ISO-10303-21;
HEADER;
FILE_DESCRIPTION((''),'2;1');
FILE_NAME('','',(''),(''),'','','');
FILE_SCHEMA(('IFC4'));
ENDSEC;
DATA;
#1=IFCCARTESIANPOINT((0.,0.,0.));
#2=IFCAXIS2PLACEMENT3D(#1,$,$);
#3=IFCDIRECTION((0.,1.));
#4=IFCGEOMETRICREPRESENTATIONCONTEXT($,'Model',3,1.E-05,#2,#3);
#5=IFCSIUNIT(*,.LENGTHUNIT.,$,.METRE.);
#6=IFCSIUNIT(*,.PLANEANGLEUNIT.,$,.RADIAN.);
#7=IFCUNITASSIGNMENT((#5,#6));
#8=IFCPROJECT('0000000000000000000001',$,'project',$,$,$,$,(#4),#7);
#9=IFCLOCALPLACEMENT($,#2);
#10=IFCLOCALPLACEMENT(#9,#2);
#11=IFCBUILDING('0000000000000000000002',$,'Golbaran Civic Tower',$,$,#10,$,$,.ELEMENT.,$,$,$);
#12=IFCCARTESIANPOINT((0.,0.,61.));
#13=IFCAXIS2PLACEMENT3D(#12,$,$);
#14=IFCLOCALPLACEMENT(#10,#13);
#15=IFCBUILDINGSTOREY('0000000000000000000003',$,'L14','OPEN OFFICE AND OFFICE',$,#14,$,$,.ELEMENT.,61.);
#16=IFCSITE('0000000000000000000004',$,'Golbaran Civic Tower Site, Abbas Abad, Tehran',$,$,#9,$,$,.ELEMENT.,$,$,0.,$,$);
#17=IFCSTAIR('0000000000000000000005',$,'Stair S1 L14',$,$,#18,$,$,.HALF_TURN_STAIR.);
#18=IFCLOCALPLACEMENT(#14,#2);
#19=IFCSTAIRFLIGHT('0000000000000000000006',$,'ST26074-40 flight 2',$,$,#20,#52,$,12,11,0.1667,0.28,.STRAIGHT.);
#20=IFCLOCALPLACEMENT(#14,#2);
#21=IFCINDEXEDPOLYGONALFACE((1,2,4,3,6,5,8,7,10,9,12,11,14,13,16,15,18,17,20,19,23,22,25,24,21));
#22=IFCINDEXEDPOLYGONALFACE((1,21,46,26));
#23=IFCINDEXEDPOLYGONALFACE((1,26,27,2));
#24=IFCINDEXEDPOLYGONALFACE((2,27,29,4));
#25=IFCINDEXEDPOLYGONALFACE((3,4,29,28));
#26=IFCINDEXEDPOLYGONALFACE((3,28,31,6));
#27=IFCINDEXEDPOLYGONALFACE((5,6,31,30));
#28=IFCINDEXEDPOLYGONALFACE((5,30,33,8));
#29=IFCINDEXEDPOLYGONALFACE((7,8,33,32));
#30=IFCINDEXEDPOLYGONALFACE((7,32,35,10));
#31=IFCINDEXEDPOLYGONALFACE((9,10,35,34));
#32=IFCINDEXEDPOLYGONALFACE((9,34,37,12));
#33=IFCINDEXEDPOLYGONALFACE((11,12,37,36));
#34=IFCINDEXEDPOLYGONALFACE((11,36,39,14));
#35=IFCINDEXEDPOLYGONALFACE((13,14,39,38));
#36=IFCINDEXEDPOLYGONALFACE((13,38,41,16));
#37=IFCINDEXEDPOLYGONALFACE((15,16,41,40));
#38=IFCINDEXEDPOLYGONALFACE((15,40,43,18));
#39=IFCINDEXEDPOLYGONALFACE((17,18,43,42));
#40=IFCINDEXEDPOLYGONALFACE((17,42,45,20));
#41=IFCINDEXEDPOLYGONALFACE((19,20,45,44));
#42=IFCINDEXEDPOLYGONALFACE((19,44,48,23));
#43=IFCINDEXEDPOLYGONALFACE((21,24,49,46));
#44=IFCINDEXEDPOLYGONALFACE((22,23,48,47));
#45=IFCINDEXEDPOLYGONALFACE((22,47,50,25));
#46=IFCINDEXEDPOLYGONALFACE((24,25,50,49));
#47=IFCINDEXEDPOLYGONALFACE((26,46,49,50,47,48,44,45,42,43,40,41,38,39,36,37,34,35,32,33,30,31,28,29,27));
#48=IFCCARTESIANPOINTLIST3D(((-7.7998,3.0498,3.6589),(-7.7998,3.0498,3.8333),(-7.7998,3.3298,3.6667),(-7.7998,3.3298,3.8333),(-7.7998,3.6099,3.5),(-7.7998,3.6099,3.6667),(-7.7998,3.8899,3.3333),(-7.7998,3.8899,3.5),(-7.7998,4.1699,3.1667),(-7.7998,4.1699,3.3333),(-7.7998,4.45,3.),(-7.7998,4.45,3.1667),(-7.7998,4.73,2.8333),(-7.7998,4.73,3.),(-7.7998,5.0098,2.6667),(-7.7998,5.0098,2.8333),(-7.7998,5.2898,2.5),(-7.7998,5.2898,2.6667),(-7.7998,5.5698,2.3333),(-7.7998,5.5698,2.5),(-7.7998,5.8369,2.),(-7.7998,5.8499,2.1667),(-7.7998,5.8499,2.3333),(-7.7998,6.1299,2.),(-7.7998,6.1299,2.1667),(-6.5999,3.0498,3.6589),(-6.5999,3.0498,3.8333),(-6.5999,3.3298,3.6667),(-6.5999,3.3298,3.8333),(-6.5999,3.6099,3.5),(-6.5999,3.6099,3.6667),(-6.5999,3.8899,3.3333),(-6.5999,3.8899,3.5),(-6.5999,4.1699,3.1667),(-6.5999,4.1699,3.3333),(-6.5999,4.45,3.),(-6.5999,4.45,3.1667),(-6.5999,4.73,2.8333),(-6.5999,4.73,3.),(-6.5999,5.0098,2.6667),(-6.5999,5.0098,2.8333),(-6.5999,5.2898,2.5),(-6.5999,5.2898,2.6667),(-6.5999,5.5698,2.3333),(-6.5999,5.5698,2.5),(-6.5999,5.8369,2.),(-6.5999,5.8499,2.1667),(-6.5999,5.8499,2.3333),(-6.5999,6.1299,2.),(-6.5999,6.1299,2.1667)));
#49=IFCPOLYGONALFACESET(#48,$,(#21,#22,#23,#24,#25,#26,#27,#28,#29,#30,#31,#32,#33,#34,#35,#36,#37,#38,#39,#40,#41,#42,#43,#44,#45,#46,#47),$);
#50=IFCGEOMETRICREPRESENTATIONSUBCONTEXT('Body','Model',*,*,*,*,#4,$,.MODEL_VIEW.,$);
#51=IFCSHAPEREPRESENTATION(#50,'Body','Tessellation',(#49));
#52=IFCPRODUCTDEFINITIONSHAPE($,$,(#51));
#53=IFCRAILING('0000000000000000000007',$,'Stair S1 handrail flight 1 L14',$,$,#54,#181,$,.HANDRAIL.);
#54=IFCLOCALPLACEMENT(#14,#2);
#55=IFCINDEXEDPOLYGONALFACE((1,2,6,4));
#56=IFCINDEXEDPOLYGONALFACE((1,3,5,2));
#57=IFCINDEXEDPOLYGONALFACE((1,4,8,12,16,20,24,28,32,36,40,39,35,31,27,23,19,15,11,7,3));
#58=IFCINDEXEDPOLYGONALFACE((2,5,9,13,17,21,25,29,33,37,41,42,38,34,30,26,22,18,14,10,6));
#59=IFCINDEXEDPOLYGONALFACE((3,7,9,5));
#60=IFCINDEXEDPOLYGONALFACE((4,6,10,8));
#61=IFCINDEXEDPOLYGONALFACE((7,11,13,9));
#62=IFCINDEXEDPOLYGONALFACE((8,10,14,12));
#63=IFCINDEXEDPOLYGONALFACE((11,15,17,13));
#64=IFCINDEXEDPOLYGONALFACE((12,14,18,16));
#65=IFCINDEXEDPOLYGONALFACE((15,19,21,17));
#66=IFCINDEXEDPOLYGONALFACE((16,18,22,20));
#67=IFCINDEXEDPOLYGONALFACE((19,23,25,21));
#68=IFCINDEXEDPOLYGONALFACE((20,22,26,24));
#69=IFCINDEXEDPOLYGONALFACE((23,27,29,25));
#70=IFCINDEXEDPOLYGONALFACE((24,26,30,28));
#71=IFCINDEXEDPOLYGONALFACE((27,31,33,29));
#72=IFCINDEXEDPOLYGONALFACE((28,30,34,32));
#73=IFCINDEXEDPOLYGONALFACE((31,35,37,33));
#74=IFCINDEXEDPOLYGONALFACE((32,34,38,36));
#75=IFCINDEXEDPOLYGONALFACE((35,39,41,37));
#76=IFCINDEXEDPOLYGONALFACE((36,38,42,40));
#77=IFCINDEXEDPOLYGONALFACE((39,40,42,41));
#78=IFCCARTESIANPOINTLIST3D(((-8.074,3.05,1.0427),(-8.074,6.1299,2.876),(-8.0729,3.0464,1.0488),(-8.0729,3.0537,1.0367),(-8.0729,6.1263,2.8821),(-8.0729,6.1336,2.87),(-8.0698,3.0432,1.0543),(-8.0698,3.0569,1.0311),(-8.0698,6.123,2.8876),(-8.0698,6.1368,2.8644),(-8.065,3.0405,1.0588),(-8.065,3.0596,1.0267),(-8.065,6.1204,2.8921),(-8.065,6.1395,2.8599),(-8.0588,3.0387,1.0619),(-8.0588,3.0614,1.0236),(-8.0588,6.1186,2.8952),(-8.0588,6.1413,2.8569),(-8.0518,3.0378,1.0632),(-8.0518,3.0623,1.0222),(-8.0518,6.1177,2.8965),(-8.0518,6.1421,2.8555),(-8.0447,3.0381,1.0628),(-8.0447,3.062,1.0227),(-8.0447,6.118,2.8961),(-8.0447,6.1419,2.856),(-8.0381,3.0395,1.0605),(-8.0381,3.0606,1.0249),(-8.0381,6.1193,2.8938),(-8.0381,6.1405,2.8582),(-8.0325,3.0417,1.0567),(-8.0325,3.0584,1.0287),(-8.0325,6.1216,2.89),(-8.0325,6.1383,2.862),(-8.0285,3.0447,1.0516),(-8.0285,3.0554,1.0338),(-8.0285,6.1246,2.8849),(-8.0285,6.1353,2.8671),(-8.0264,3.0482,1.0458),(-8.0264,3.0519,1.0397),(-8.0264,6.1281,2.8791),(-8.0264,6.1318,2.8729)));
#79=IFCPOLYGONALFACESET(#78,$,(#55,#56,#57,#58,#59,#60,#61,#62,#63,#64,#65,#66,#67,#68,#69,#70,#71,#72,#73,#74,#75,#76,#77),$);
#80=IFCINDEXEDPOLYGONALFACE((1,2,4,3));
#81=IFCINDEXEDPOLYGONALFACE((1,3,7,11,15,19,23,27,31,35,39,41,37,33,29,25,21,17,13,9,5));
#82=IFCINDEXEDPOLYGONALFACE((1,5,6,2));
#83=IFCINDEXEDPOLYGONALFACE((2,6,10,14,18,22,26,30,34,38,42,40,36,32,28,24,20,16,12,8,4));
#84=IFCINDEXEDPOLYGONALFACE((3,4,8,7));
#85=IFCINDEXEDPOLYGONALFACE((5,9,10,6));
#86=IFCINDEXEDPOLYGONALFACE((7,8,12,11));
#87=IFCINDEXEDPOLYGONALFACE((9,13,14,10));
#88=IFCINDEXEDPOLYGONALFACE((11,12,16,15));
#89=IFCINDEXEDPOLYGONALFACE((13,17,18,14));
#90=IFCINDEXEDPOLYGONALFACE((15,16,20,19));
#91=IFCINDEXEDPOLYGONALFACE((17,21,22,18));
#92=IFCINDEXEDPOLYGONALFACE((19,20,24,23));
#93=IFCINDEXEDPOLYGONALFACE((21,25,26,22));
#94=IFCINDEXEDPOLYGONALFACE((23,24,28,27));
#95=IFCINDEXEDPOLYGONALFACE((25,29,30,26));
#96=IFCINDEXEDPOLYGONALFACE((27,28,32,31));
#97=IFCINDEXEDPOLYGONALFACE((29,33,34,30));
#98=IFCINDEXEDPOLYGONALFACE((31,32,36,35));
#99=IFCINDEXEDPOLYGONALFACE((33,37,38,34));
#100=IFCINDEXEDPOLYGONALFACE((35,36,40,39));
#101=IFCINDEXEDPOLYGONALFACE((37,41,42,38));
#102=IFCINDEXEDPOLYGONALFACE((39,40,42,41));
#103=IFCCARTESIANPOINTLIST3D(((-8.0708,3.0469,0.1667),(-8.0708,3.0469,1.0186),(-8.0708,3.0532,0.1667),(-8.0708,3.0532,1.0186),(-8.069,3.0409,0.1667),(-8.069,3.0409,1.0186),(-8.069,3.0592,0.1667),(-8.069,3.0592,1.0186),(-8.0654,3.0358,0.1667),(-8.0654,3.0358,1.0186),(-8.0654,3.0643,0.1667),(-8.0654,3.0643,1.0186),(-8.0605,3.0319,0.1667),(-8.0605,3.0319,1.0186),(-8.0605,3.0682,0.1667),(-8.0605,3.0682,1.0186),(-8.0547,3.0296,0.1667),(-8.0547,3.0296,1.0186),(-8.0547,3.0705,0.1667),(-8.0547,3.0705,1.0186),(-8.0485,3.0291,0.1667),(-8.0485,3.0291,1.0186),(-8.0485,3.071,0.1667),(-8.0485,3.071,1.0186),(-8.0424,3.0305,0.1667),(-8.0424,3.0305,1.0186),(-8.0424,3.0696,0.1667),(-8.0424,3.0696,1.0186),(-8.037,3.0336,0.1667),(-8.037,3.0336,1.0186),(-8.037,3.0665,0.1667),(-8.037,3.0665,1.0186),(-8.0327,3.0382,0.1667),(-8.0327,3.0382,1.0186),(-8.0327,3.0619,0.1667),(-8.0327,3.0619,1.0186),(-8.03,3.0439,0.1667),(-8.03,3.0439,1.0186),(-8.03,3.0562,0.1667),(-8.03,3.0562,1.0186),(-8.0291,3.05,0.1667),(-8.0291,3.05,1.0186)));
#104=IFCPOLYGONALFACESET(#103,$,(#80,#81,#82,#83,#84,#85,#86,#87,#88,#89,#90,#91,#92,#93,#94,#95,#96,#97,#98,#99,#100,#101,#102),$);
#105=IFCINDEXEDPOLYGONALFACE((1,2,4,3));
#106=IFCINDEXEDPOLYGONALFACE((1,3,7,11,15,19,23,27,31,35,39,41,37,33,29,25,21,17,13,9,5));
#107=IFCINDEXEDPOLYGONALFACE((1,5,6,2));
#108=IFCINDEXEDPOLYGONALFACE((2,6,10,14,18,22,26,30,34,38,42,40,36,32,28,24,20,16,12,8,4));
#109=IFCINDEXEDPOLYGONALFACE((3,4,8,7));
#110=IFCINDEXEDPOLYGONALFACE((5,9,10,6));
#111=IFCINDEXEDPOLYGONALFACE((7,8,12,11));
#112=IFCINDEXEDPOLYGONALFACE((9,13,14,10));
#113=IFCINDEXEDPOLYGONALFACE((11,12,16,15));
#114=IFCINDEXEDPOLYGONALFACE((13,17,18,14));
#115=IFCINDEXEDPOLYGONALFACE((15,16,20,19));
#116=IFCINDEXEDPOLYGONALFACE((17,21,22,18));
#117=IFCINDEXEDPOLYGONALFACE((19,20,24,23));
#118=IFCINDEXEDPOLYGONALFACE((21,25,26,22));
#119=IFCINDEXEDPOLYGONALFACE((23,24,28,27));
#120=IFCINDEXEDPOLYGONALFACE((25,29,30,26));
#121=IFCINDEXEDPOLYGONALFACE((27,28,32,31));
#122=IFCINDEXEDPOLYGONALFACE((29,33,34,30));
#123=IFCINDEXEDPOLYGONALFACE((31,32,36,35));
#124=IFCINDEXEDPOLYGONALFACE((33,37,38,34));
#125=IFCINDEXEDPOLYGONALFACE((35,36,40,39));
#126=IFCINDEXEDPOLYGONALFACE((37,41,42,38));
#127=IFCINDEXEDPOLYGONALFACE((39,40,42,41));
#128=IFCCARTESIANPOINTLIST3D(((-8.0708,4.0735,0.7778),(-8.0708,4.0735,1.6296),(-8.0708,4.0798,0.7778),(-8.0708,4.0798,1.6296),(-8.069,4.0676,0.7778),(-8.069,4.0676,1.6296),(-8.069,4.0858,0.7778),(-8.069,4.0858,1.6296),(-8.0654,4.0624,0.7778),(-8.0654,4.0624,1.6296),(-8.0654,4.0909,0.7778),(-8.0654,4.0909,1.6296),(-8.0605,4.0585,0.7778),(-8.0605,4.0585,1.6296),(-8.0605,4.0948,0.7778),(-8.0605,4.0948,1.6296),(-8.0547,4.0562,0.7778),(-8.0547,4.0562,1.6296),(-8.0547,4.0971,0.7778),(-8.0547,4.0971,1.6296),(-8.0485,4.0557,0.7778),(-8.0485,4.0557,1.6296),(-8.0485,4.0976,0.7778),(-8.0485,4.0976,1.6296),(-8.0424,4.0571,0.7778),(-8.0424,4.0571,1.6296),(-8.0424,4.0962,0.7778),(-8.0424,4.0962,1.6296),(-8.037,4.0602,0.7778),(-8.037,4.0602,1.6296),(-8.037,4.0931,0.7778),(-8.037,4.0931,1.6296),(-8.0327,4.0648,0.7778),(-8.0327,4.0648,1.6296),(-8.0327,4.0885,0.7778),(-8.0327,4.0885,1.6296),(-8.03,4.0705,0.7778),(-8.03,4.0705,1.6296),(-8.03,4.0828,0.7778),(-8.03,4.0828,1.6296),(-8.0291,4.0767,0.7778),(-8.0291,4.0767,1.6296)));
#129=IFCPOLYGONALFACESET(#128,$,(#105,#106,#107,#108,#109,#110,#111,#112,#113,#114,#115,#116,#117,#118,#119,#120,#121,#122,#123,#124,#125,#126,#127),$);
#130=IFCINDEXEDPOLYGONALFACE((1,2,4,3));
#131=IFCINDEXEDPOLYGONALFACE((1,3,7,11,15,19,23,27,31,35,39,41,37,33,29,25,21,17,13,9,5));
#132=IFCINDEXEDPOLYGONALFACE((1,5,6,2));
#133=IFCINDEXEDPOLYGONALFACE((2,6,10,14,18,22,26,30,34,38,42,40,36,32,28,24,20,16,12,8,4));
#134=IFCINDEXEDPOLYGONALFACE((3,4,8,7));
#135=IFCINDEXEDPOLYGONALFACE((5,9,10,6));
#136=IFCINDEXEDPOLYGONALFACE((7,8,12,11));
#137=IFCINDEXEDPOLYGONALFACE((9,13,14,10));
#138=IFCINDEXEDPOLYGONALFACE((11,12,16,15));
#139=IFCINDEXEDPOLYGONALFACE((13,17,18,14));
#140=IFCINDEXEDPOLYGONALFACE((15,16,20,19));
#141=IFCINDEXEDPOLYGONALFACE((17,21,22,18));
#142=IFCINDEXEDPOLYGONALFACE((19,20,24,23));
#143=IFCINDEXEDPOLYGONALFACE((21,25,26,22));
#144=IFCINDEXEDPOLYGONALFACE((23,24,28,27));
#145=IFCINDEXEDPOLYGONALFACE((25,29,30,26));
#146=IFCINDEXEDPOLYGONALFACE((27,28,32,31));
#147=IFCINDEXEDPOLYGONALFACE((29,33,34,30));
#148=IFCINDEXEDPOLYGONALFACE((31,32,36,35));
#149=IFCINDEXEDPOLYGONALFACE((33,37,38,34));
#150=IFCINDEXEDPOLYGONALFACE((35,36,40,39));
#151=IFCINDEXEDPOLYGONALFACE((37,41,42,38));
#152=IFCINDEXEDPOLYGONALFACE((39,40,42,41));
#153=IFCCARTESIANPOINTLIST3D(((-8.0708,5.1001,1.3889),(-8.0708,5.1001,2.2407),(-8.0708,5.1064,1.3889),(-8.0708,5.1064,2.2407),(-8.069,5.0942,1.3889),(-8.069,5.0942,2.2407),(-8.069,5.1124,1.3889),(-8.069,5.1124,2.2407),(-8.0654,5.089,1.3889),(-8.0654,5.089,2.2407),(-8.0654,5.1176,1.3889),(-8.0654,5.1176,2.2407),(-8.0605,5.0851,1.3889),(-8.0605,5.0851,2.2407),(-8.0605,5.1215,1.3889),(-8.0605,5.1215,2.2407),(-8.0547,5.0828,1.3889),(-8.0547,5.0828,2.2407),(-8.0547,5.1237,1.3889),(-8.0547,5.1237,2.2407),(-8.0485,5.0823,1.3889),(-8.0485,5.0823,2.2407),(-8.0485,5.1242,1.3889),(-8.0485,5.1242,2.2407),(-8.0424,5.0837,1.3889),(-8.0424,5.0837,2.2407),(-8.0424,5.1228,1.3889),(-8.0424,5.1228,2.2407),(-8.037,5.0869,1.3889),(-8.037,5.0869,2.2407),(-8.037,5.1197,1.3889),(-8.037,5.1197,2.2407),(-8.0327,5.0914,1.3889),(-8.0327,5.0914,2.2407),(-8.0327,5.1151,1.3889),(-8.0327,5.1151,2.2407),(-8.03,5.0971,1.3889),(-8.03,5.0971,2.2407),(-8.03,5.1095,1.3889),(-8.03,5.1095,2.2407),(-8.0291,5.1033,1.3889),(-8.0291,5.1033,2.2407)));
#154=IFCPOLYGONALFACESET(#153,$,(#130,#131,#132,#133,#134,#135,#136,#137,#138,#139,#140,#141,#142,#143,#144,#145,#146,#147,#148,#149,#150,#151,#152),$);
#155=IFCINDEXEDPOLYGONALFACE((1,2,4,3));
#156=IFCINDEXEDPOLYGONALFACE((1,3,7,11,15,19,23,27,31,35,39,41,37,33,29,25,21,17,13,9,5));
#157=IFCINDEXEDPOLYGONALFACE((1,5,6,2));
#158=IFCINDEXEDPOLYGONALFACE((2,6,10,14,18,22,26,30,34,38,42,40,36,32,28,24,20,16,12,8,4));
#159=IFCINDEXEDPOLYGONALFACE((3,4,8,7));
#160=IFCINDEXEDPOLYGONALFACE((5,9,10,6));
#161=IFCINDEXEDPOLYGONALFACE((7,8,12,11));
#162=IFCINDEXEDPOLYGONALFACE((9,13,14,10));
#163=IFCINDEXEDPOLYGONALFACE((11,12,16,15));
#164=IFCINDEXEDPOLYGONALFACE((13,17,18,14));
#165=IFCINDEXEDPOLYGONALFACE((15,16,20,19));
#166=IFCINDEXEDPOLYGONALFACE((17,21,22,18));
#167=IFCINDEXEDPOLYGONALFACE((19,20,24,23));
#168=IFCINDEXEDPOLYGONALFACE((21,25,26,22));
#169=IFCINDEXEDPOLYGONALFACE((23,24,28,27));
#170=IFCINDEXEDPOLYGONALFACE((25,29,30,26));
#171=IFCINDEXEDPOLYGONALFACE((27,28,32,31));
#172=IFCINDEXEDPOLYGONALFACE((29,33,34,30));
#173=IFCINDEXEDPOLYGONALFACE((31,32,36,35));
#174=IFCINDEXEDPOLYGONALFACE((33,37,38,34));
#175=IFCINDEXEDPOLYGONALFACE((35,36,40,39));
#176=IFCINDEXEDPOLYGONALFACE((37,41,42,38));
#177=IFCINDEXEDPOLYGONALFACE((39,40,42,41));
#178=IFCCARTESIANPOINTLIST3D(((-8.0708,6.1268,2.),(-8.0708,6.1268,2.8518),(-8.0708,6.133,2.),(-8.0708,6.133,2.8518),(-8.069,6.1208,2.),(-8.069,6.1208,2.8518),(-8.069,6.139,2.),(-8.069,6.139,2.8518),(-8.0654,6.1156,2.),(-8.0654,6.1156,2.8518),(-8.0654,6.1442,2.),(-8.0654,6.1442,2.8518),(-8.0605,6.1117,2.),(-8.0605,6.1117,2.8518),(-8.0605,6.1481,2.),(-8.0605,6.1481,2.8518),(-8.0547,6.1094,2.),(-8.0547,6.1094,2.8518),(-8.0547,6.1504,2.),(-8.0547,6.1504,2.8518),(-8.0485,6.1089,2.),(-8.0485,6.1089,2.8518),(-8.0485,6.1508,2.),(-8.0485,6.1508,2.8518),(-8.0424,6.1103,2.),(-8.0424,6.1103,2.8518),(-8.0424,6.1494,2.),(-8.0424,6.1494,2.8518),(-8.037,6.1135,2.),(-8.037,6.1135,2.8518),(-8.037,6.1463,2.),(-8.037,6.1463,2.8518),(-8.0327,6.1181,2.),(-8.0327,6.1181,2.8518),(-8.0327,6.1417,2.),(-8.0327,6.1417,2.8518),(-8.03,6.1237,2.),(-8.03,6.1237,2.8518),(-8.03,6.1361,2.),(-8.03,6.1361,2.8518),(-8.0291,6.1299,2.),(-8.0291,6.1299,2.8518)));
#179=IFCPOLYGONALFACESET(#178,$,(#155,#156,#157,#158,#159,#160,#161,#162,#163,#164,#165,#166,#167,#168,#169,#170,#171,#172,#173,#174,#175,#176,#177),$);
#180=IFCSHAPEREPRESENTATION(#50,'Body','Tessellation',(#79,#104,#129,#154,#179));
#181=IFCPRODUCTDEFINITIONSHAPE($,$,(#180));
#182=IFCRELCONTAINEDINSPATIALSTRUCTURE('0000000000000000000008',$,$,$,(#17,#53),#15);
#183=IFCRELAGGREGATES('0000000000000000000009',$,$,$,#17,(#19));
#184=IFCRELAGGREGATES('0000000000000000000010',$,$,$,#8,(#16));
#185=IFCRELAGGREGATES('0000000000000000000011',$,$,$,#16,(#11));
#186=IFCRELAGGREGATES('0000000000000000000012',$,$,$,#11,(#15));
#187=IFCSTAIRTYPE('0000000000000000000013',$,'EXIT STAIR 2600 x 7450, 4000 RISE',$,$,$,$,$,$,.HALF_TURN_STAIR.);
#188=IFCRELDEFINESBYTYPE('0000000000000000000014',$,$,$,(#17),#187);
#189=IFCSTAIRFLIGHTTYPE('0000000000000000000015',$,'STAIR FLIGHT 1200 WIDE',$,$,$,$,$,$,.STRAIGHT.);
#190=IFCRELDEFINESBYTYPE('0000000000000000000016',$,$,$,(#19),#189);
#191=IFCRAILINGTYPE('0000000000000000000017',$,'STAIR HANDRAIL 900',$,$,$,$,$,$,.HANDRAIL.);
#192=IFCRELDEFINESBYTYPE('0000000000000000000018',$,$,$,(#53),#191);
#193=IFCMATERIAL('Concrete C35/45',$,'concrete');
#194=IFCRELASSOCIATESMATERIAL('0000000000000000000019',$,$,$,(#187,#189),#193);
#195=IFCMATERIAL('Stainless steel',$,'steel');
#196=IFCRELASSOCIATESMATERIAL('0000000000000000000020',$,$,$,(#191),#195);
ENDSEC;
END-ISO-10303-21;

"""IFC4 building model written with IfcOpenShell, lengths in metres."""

from ifc_helpers import new_model, si_unit, direction, frame, origin, origin_2d, place, context, subcontext, project, spatial, polyline, circle, outline, extrude, material, type_object, element, aggregate, save


model = new_model("IFC4")

# Units and contexts
model_context = context("Model", 3, precision=1e-05, world=origin(), true_north=direction((0.0, 1.0)))
body_context = subcontext(model_context, "Body", "Model", "MODEL_VIEW")
ifc_project = project(units=[si_unit("LENGTHUNIT", "METRE"), si_unit("PLANEANGLEUNIT", "RADIAN")], contexts=[model_context])

# Site, building, storey
site_placement = place(None, origin())
site = spatial("IfcSite", under=ifc_project, at=site_placement, Name="Golbaran Civic Tower Site, Abbas Abad, Tehran", CompositionType="ELEMENT", RefElevation=0.0)
building_placement = place(site_placement, origin())
building = spatial("IfcBuilding", under=site, at=building_placement, Name="Golbaran Civic Tower", CompositionType="ELEMENT")
storey_placement = place(building_placement, frame((0.0, 0.0, 61.0)))
storey = spatial("IfcBuildingStorey", under=building, at=storey_placement, Name="L14", Description="OPEN OFFICE AND OFFICE", CompositionType="ELEMENT", Elevation=61.0)

# Shared definitions
ifc_material_1 = material(Name="Concrete C35/45", Category="concrete")

# Shared definitions
stair_type = type_object("IfcStairType", Name="EXIT STAIR 2600 x 7450, 4000 RISE", PredefinedType="HALF_TURN_STAIR", material=ifc_material_1)

# Shared definitions
ifc_material_2 = material(Name="Stainless steel", Category="steel")

# Stair, stair flight
stair_1_placement = place(storey_placement, origin())
stair_1 = element("IfcStair", 1, at=stair_1_placement, inside=storey, type_object=stair_type, Name="Stair S1 L14", PredefinedType="HALF_TURN_STAIR")
stair_flight_type = type_object("IfcStairFlightType", Name="STAIR FLIGHT 1200 WIDE", PredefinedType="STRAIGHT", material=ifc_material_1)
stair_flight_1_placement = place(storey_placement, frame((-7.2, 6.1299, 2.0), z_axis=(0.0, 0.0, 1.0), x_axis=(0.0, -1.0, 0.0)))
stair_flight_1 = element("IfcStairFlight", 2, at=stair_flight_1_placement, type_object=stair_flight_type, Name="ST26074-40 flight 2", NumberOfRisers=12, NumberOfTreads=11, PredefinedType="STRAIGHT", RiserHeight=0.1667, TreadLength=0.28, context=body_context, shape_type="SweptSolid", body=[
    extrude(outline(polyline([(0.0, 0.0), (0.0, 0.1667), (0.28, 0.1667), (0.28, 0.3333), (0.5601, 0.3333), (0.5601, 0.5), (0.8401, 0.5), (0.8401, 0.6667), (1.1201, 0.6667), (1.1201, 0.8333), (1.3999, 0.8333), (1.3999, 1.0), (1.6799, 1.0), (1.6799, 1.1667), (1.96, 1.1667), (1.96, 1.3333), (2.24, 1.3333), (2.24, 1.5), (2.52, 1.5), (2.52, 1.6667), (2.8, 1.6667), (2.8, 1.8333), (3.0801, 1.8333), (3.0801, 2.0), (3.0801, 1.6589), (0.293, 0.0), (0.0, 0.0)])), frame((0.0, 0.6001, 0.0), z_axis=(0.0, -1.0, 0.0), x_axis=(1.0, 0.0, 0.0)), (0.0, 0.0, 1.0), 1.2),
])
aggregate(stair_1, [stair_flight_1])

# Railing
railing_type = type_object("IfcRailingType", Name="STAIR HANDRAIL 900", PredefinedType="HANDRAIL", material=ifc_material_2)
railing_1_placement = place(storey_placement, frame((-8.05, 3.05, 0.1667)))
element("IfcRailing", 3, at=railing_1_placement, inside=storey, type_object=railing_type, Name="Stair S1 handrail flight 1 L14", PredefinedType="HANDRAIL", context=body_context, shape_type="SweptSolid", body=[
    extrude(circle(Radius=0.0239, at=origin_2d()), frame((0.0, 0.0, 0.876), z_axis=(0.0, 0.859291, 0.511487), x_axis=(-1.0, 0.0, 0.0)), (0.0, 0.0, 1.0), 3.5842),
    extrude(circle(Radius=0.021, at=origin_2d()), origin(), (0.0, 0.0, 1.0), 0.8518),
    extrude(circle(Radius=0.021, at=origin_2d()), frame((0.0, 1.0266, 0.6111)), (0.0, 0.0, 1.0), 0.8518),
    extrude(circle(Radius=0.021, at=origin_2d()), frame((0.0, 2.0532, 1.2222)), (0.0, 0.0, 1.0), 0.8518),
    extrude(circle(Radius=0.021, at=origin_2d()), frame((0.0, 3.0798, 1.8333)), (0.0, 0.0, 1.0), 0.8518),
])

save(model, "model.ifc")
